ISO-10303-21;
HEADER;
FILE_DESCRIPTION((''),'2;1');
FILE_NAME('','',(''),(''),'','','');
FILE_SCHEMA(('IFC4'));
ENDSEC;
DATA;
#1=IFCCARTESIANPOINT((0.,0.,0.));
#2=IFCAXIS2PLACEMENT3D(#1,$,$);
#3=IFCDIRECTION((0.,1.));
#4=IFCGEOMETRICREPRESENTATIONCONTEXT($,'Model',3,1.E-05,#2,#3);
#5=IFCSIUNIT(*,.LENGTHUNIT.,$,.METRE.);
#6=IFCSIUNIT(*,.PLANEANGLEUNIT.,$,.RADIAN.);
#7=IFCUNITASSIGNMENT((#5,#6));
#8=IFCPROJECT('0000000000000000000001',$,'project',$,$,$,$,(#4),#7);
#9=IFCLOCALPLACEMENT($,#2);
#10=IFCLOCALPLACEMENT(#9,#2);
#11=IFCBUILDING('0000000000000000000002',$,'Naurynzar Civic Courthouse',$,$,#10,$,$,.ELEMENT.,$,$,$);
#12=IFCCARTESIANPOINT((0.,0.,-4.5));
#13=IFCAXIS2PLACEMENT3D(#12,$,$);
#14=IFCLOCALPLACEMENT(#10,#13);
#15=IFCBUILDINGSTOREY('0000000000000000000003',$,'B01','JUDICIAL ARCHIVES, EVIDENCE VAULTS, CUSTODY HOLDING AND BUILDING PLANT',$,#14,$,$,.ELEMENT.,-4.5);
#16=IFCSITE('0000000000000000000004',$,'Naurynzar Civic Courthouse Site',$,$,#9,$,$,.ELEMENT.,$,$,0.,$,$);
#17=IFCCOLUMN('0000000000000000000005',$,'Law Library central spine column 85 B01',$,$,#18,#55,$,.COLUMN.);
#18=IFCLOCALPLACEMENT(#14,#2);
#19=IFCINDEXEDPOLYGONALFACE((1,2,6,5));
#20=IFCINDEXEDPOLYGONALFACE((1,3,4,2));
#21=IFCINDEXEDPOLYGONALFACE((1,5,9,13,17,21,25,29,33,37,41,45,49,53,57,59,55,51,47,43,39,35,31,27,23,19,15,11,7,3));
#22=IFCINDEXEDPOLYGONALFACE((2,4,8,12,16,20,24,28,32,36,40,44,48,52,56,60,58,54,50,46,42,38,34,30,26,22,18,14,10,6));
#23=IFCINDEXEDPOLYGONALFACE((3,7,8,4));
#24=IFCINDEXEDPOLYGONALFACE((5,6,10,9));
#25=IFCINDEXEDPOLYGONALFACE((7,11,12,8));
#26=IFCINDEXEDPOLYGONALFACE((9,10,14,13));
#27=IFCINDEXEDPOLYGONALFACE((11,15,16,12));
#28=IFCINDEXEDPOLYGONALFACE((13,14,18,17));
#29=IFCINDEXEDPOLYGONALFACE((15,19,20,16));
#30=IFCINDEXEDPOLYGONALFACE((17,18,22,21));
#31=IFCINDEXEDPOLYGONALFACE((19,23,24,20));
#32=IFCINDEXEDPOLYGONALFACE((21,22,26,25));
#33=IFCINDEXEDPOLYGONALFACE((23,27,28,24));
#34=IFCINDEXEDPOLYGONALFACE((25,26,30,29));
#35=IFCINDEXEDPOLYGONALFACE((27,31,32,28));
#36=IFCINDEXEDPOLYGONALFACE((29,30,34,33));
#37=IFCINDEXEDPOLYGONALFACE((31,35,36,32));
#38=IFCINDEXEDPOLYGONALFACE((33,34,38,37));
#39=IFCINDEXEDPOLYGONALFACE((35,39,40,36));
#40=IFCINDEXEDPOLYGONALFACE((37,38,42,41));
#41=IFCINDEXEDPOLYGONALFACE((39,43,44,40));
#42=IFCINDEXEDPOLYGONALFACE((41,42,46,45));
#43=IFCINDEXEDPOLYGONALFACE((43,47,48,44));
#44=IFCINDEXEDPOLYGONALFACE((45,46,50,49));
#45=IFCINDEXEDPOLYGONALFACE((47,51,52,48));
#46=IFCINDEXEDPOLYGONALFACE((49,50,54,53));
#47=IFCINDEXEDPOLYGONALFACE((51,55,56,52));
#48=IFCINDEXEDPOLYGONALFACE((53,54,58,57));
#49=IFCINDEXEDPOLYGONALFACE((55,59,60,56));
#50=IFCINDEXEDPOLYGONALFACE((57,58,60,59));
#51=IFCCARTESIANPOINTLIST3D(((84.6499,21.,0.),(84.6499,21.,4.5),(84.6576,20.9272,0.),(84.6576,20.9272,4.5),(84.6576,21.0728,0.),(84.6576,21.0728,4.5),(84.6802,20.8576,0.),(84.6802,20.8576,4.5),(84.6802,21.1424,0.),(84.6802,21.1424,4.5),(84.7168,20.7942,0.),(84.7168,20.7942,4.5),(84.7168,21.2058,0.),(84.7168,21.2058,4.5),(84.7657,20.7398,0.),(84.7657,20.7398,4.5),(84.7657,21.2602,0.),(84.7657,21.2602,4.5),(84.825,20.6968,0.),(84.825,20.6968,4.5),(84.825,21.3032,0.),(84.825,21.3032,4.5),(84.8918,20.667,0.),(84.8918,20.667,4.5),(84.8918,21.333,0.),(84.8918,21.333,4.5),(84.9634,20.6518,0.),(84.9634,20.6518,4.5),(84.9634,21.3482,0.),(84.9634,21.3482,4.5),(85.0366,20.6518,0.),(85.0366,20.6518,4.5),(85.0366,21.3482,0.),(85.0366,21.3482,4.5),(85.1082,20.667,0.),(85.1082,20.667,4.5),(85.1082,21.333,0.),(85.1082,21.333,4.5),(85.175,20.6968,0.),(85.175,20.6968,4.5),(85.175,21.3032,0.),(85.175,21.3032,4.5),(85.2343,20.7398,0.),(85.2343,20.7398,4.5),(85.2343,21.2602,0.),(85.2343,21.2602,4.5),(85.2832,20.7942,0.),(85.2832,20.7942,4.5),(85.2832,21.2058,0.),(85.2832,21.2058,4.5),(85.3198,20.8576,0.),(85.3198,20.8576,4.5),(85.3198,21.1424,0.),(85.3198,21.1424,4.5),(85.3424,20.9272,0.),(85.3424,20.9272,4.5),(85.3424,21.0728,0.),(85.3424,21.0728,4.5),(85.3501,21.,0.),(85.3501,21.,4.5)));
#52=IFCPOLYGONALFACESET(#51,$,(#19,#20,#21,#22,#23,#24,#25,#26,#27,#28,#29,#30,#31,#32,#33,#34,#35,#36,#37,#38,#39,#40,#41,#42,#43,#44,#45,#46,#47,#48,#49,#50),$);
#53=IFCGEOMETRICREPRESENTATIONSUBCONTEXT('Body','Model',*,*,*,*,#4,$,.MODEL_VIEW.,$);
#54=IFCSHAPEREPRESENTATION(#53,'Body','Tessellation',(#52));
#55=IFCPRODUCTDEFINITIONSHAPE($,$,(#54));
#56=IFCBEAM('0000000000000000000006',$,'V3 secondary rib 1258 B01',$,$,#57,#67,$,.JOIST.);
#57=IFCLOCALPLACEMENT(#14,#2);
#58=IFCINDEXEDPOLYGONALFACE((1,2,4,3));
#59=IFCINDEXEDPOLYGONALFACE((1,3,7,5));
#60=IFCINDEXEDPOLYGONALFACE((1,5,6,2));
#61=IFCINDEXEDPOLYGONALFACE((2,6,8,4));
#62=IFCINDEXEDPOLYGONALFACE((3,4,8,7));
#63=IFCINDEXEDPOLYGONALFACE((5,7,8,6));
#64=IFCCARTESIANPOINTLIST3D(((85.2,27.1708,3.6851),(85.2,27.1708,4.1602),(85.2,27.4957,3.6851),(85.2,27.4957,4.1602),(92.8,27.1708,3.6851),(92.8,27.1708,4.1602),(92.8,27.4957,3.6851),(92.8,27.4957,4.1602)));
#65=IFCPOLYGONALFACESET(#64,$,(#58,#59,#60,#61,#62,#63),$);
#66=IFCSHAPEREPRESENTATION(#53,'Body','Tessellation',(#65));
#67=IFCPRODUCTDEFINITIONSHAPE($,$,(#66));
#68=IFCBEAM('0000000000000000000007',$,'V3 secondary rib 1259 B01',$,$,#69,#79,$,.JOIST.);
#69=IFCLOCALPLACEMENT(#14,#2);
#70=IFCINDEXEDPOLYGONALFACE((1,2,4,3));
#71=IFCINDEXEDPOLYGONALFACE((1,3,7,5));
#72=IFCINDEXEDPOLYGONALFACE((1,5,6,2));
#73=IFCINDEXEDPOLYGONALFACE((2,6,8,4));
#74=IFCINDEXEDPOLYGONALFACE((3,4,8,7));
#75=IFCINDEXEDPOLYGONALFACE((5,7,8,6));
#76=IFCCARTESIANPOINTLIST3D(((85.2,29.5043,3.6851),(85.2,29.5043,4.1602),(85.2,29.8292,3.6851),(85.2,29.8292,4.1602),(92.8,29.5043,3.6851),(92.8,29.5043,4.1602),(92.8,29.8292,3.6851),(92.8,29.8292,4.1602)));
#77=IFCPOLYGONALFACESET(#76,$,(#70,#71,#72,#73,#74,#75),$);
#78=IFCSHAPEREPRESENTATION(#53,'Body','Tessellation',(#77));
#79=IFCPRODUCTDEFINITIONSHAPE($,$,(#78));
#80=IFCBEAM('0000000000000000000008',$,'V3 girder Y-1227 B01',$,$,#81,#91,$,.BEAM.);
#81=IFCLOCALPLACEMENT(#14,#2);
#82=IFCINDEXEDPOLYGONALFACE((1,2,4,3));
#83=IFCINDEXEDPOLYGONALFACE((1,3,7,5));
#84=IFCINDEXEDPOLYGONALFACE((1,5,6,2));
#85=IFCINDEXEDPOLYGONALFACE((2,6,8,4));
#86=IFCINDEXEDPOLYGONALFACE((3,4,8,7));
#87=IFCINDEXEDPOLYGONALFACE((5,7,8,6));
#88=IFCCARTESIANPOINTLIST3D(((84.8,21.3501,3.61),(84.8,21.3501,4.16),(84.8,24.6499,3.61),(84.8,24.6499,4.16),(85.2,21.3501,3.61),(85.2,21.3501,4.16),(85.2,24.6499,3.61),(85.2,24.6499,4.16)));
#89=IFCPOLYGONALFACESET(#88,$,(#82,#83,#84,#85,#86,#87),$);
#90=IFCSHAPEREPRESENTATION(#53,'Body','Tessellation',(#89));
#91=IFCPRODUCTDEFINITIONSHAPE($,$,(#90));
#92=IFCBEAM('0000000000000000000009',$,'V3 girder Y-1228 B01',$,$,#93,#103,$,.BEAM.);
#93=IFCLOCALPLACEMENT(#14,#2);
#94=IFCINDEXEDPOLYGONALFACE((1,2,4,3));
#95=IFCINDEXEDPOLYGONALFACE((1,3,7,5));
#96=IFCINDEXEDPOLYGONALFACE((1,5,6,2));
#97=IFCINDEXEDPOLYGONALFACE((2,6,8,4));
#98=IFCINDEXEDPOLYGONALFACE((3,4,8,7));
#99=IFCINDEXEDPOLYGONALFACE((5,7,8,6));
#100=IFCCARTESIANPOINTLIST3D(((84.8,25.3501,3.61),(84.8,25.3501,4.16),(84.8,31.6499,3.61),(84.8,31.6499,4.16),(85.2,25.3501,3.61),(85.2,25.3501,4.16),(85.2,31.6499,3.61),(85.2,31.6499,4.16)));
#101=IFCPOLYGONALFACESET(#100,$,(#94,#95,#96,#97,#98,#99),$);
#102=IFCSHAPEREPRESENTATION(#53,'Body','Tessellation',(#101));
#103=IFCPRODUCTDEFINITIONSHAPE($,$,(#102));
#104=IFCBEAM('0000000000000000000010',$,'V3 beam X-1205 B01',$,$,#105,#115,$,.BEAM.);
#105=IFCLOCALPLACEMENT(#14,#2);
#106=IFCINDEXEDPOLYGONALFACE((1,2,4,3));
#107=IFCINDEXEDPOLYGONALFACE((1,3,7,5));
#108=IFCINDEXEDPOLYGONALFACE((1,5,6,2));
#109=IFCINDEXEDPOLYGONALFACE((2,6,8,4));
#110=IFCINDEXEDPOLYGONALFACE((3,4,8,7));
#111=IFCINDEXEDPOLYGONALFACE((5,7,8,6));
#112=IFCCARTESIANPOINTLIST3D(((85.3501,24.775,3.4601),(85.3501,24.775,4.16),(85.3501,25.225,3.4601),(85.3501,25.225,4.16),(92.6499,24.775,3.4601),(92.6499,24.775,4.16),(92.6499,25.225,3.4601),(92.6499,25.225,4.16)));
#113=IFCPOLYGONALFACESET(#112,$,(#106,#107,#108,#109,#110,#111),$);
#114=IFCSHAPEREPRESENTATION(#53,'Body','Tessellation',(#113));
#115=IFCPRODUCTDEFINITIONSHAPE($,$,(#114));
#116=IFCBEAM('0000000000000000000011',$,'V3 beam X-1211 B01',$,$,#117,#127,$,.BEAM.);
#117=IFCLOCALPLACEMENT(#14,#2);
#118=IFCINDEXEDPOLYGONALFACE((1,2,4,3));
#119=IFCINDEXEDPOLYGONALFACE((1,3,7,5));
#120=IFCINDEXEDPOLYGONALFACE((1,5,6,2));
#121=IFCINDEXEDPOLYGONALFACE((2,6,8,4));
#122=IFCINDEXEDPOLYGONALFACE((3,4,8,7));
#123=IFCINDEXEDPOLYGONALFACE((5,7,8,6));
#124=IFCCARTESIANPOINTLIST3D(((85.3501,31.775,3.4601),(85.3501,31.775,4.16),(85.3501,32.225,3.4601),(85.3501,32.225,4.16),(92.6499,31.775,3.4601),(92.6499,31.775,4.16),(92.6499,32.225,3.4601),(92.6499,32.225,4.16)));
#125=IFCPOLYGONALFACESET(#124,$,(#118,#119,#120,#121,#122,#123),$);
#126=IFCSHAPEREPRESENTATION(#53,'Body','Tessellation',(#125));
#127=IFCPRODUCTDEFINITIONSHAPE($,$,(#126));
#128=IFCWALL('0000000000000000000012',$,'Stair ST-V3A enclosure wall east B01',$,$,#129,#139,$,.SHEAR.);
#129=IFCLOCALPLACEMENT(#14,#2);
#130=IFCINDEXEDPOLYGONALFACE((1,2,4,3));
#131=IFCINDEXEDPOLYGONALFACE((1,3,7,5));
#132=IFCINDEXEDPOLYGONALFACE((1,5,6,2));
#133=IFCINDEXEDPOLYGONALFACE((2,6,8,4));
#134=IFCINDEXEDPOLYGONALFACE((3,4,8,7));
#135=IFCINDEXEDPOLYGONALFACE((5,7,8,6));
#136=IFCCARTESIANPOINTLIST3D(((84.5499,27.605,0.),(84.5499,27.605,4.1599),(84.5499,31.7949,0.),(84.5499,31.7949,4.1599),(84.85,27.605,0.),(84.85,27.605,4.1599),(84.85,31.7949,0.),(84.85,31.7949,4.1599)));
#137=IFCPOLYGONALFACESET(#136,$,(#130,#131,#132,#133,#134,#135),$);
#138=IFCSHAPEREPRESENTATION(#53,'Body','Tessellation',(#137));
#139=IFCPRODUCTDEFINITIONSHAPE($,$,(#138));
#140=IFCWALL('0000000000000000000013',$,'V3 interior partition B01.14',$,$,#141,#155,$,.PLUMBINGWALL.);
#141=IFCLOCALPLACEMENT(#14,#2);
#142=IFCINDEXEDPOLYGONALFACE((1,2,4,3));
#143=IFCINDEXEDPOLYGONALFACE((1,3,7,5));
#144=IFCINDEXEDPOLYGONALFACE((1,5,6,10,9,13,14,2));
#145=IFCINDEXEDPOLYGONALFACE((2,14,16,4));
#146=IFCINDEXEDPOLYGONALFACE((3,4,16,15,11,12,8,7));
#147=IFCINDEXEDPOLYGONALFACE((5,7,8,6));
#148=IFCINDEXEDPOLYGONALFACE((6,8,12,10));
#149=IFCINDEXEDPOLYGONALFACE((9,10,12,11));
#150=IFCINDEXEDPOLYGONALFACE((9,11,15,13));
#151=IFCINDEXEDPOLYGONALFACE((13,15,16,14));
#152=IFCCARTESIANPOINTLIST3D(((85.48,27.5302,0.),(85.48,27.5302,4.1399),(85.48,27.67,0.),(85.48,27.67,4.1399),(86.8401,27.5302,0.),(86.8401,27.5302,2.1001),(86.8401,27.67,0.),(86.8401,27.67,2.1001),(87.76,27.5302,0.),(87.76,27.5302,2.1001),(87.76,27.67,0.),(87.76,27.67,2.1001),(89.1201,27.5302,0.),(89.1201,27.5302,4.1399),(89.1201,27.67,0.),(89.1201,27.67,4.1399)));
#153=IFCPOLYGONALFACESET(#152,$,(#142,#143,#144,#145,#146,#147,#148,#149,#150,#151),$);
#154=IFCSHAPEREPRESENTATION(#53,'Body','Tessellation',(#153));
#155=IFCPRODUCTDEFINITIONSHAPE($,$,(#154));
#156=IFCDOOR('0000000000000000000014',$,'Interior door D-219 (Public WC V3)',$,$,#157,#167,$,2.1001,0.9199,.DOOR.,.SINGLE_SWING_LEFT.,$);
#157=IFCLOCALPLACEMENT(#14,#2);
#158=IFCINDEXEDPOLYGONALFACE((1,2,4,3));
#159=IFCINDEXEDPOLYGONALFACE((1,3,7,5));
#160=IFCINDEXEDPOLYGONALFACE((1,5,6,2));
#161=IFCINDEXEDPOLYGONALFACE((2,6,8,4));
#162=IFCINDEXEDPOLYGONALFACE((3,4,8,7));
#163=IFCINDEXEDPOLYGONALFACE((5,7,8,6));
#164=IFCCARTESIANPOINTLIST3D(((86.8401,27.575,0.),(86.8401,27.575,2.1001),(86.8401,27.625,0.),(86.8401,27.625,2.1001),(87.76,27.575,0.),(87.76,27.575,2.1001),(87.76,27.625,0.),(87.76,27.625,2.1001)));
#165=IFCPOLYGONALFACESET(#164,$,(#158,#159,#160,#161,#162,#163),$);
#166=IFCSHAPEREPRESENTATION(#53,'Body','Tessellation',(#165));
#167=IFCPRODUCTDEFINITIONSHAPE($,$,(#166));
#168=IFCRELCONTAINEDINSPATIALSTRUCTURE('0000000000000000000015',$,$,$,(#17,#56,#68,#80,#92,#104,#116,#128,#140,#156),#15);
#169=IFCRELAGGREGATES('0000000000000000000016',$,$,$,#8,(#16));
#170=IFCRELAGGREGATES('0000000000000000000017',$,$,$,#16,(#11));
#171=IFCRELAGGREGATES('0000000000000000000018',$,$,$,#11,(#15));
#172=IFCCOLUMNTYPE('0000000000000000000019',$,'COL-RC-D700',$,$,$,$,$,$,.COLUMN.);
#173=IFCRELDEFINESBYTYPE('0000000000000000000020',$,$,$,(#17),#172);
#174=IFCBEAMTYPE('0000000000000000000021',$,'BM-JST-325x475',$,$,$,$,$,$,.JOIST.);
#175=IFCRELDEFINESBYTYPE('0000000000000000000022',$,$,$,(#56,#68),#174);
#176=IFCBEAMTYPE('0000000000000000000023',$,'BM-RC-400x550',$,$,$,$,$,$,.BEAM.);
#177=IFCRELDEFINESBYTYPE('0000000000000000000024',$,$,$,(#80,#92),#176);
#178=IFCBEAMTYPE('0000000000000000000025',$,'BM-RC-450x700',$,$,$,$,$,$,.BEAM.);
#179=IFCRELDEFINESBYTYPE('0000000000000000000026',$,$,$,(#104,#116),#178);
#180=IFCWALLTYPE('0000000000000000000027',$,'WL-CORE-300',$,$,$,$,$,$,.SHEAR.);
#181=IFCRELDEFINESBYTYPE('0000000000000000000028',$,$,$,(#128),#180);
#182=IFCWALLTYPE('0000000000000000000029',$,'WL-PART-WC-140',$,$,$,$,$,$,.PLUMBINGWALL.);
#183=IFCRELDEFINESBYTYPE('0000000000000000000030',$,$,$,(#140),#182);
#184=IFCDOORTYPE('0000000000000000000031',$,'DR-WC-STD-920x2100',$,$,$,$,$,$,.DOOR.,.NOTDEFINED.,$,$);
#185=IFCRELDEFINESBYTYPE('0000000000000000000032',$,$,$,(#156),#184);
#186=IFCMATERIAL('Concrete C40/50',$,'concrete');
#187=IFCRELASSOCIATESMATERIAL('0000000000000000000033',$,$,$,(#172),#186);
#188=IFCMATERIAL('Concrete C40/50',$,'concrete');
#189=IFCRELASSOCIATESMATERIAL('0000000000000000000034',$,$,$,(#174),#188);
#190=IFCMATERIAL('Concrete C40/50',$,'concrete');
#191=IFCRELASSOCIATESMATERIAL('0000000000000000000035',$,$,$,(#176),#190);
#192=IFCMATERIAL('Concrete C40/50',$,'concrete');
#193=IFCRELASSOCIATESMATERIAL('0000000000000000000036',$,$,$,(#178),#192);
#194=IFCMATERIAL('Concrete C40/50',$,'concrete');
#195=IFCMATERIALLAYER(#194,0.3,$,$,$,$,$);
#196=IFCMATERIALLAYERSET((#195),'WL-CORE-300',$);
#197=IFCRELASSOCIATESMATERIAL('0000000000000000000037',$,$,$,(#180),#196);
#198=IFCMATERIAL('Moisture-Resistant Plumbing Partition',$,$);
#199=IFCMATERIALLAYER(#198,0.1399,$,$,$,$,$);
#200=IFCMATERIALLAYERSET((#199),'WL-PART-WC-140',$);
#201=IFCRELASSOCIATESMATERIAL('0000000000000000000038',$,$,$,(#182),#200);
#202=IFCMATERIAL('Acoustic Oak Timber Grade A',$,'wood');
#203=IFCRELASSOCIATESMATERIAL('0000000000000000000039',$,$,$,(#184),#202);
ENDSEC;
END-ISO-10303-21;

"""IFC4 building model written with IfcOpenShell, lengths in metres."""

from ifc_helpers import new_model, si_unit, direction, frame, frame_2d, origin, origin_2d, place, context, subcontext, project, spatial, rectangle, circle, extrude, material, layer, layer_set, material_profile, profile_set, type_object, element, fill, save


model = new_model("IFC4")

# Units and contexts
model_context = context("Model", 3, precision=1e-05, world=origin(), true_north=direction((0.0, 1.0)))
body_context = subcontext(model_context, "Body", "Model", "MODEL_VIEW")
ifc_project = project(units=[si_unit("LENGTHUNIT", "METRE"), si_unit("PLANEANGLEUNIT", "RADIAN")], contexts=[model_context])

# Site, building, storey
site_placement = place(None, origin())
site = spatial("IfcSite", under=ifc_project, at=site_placement, Name="Naurynzar Civic Courthouse Site", CompositionType="ELEMENT", RefElevation=0.0)
building_placement = place(site_placement, origin())
building = spatial("IfcBuilding", under=site, at=building_placement, Name="Naurynzar Civic Courthouse", CompositionType="ELEMENT")
storey_placement = place(building_placement, frame((0.0, 0.0, -4.5)))
storey = spatial("IfcBuildingStorey", under=building, at=storey_placement, Name="B01", Description="JUDICIAL ARCHIVES, EVIDENCE VAULTS, CUSTODY HOLDING AND BUILDING PLANT", CompositionType="ELEMENT", Elevation=-4.5)

# Column
ifc_material_1 = material(Name="Concrete C40/50", Category="concrete")
ifc_material_profile_1 = material_profile(ifc_material_1, circle(Radius=0.3501, at=origin_2d()), Name="RC D700")
ifc_profile_set_1 = profile_set([ifc_material_profile_1], Name="Concrete C40/50")
column_type_1 = type_object("IfcColumnType", Name="COL-RC-D700", PredefinedType="COLUMN", material=ifc_profile_set_1)
column_placement = place(storey_placement, frame((85.0, 21.0, 0.0), z_axis=(0.0, 0.0, 1.0), x_axis=(1.0, 0.0, 0.0)))
element("IfcColumn", 1, at=column_placement, inside=storey, type_object=column_type_1, Name="Law Library central spine column 85 B01", PredefinedType="COLUMN", context=body_context, shape_type="SweptSolid", body=[
    extrude(circle(Radius=0.3501, at=origin_2d()), origin(), (0.0, 0.0, 1.0), 4.5),
])

# Beams
ifc_material_2 = material(Name="Concrete C40/50", Category="concrete")
ifc_material_profile_2 = material_profile(ifc_material_2, rectangle(XDim=0.325, YDim=0.4751, at=origin_2d()), Name="RCB 325x475")
ifc_profile_set_2 = profile_set([ifc_material_profile_2], Name="Concrete C40/50")
beam_type_1 = type_object("IfcBeamType", Name="BM-JST-325x475", PredefinedType="JOIST", material=ifc_profile_set_2)
for number, where, z_axis, x_axis, name in (
    (2, (85.2, 27.3333, 3.9226), (1.0, 0.0, 0.0), (0.0, 1.0, 0.0), "V3 secondary rib 1258 B01"),
    (3, (85.2, 29.6667, 3.9226), (1.0, 0.0, 0.0), (0.0, 1.0, 0.0), "V3 secondary rib 1259 B01"),
):
    element("IfcBeam", number, at=place(storey_placement, frame(where, z_axis=z_axis, x_axis=x_axis)), inside=storey, type_object=beam_type_1, Name=name, PredefinedType="JOIST", context=body_context, shape_type="SweptSolid", body=[
        extrude(rectangle(XDim=0.325, YDim=0.4751, at=origin_2d()), origin(), (0.0, 0.0, 1.0), 7.6001),
    ])
ifc_material_3 = material(Name="Concrete C40/50", Category="concrete")
ifc_material_profile_3 = material_profile(ifc_material_3, rectangle(XDim=0.3999, YDim=0.55, at=origin_2d()), Name="RCB 400x550")
ifc_profile_set_3 = profile_set([ifc_material_profile_3], Name="Concrete C40/50")
beam_type_2 = type_object("IfcBeamType", Name="BM-RC-400x550", PredefinedType="BEAM", material=ifc_profile_set_3)
beam_1_placement = place(storey_placement, frame((85.0, 21.3501, 3.885), z_axis=(0.0, 1.0, 0.0), x_axis=(-1.0, 0.0, 0.0)))
element("IfcBeam", 4, at=beam_1_placement, inside=storey, type_object=beam_type_2, Name="V3 girder Y-1227 B01", PredefinedType="BEAM", context=body_context, shape_type="SweptSolid", body=[
    extrude(rectangle(XDim=0.3999, YDim=0.55, at=origin_2d()), origin(), (0.0, 0.0, 1.0), 3.2998),
])
beam_2_placement = place(storey_placement, frame((85.0, 25.3501, 3.885), z_axis=(0.0, 1.0, 0.0), x_axis=(-1.0, 0.0, 0.0)))
element("IfcBeam", 5, at=beam_2_placement, inside=storey, type_object=beam_type_2, Name="V3 girder Y-1228 B01", PredefinedType="BEAM", context=body_context, shape_type="SweptSolid", body=[
    extrude(rectangle(XDim=0.3999, YDim=0.55, at=origin_2d()), origin(), (0.0, 0.0, 1.0), 6.2998),
])
ifc_material_4 = material(Name="Concrete C40/50", Category="concrete")
ifc_material_profile_4 = material_profile(ifc_material_4, rectangle(XDim=0.45, YDim=0.7, at=origin_2d()), Name="RCB 450x700")
ifc_profile_set_4 = profile_set([ifc_material_profile_4], Name="Concrete C40/50")
beam_type_3 = type_object("IfcBeamType", Name="BM-RC-450x700", PredefinedType="BEAM", material=ifc_profile_set_4)
for number, where, z_axis, x_axis, name in (
    (6, (85.3501, 25.0, 3.8101), (1.0, 0.0, 0.0), (0.0, 1.0, 0.0), "V3 beam X-1205 B01"),
    (7, (85.3501, 32.0, 3.8101), (1.0, 0.0, 0.0), (0.0, 1.0, 0.0), "V3 beam X-1211 B01"),
):
    element("IfcBeam", number, at=place(storey_placement, frame(where, z_axis=z_axis, x_axis=x_axis)), inside=storey, type_object=beam_type_3, Name=name, PredefinedType="BEAM", context=body_context, shape_type="SweptSolid", body=[
        extrude(rectangle(XDim=0.45, YDim=0.7, at=origin_2d()), origin(), (0.0, 0.0, 1.0), 7.2998),
    ])

# Wall
ifc_material_5 = material(Name="Concrete C40/50", Category="concrete")
ifc_layer_1 = layer(ifc_material_5, 0.3)
ifc_layer_set_1 = layer_set([ifc_layer_1], Name="WL-CORE-300")
wall_type_1 = type_object("IfcWallType", Name="WL-CORE-300", PredefinedType="SHEAR", material=ifc_layer_set_1)
wall_1_placement = place(storey_placement, frame((84.7, 27.605, 0.0), z_axis=(0.0, 0.0, 1.0), x_axis=(0.0, 1.0, 0.0)))
element("IfcWall", 8, at=wall_1_placement, inside=storey, type_object=wall_type_1, Name="Stair ST-V3A enclosure wall east B01", PredefinedType="SHEAR", context=body_context, shape_type="SweptSolid", body=[
    extrude(rectangle(XDim=4.1899, YDim=0.3, at=frame_2d((2.095, 0.0))), origin(), (0.0, 0.0, 1.0), 4.1599),
])

# Wall, opening, door
ifc_material_6 = material(Name="Moisture-Resistant Plumbing Partition")
ifc_layer_2 = layer(ifc_material_6, 0.1399)
ifc_layer_set_2 = layer_set([ifc_layer_2], Name="WL-PART-WC-140")
wall_type_2 = type_object("IfcWallType", Name="WL-PART-WC-140", PredefinedType="PLUMBINGWALL", material=ifc_layer_set_2)
wall_2_placement = place(storey_placement, frame((85.48, 27.6001, 0.0), z_axis=(0.0, 0.0, 1.0), x_axis=(1.0, 0.0, 0.0)))
wall_2 = element("IfcWall", 9, at=wall_2_placement, inside=storey, type_object=wall_type_2, Name="V3 interior partition B01.14", PredefinedType="PLUMBINGWALL", context=body_context, shape_type="SweptSolid", body=[
    extrude(rectangle(XDim=3.6401, YDim=0.1399, at=frame_2d((1.8201, 0.0))), origin(), (0.0, 0.0, 1.0), 4.1399),
])
opening_1_placement = place(wall_2_placement, frame((1.3601, 0.0, 0.0)))
opening_1 = element("IfcOpeningElement", 10, at=opening_1_placement, cuts=wall_2, PredefinedType="OPENING", context=body_context, shape_type="SweptSolid", body=[
    extrude(rectangle(XDim=0.9199, YDim=2.1001, at=frame_2d((0.46, 1.05))), frame((0.0, 0.0798, 0.0), z_axis=(0.0, -1.0, 0.0), x_axis=(1.0, 0.0, 0.0)), (0.0, 0.0, 1.0), 0.1599),
])
ifc_material_7 = material(Name="Acoustic Oak Timber Grade A", Category="wood")
door_type_1 = type_object("IfcDoorType", Name="DR-WC-STD-920x2100", OperationType="NOTDEFINED", PredefinedType="DOOR", material=ifc_material_7)
door_1_placement = place(opening_1_placement, origin())
door_1 = element("IfcDoor", 11, at=door_1_placement, inside=storey, type_object=door_type_1, Name="Interior door D-219 (Public WC V3)", OperationType="SINGLE_SWING_LEFT", OverallHeight=2.1001, OverallWidth=0.9199, PredefinedType="DOOR", context=body_context, shape_type="SweptSolid", body=[
    extrude(rectangle(XDim=0.9199, YDim=2.1001, at=frame_2d((0.46, 1.05))), frame((0.0, 0.0249, 0.0), z_axis=(0.0, -1.0, 0.0), x_axis=(1.0, 0.0, 0.0)), (0.0, 0.0, 1.0), 0.05),
])
fill(opening_1, door_1)

save(model, "model.ifc")
